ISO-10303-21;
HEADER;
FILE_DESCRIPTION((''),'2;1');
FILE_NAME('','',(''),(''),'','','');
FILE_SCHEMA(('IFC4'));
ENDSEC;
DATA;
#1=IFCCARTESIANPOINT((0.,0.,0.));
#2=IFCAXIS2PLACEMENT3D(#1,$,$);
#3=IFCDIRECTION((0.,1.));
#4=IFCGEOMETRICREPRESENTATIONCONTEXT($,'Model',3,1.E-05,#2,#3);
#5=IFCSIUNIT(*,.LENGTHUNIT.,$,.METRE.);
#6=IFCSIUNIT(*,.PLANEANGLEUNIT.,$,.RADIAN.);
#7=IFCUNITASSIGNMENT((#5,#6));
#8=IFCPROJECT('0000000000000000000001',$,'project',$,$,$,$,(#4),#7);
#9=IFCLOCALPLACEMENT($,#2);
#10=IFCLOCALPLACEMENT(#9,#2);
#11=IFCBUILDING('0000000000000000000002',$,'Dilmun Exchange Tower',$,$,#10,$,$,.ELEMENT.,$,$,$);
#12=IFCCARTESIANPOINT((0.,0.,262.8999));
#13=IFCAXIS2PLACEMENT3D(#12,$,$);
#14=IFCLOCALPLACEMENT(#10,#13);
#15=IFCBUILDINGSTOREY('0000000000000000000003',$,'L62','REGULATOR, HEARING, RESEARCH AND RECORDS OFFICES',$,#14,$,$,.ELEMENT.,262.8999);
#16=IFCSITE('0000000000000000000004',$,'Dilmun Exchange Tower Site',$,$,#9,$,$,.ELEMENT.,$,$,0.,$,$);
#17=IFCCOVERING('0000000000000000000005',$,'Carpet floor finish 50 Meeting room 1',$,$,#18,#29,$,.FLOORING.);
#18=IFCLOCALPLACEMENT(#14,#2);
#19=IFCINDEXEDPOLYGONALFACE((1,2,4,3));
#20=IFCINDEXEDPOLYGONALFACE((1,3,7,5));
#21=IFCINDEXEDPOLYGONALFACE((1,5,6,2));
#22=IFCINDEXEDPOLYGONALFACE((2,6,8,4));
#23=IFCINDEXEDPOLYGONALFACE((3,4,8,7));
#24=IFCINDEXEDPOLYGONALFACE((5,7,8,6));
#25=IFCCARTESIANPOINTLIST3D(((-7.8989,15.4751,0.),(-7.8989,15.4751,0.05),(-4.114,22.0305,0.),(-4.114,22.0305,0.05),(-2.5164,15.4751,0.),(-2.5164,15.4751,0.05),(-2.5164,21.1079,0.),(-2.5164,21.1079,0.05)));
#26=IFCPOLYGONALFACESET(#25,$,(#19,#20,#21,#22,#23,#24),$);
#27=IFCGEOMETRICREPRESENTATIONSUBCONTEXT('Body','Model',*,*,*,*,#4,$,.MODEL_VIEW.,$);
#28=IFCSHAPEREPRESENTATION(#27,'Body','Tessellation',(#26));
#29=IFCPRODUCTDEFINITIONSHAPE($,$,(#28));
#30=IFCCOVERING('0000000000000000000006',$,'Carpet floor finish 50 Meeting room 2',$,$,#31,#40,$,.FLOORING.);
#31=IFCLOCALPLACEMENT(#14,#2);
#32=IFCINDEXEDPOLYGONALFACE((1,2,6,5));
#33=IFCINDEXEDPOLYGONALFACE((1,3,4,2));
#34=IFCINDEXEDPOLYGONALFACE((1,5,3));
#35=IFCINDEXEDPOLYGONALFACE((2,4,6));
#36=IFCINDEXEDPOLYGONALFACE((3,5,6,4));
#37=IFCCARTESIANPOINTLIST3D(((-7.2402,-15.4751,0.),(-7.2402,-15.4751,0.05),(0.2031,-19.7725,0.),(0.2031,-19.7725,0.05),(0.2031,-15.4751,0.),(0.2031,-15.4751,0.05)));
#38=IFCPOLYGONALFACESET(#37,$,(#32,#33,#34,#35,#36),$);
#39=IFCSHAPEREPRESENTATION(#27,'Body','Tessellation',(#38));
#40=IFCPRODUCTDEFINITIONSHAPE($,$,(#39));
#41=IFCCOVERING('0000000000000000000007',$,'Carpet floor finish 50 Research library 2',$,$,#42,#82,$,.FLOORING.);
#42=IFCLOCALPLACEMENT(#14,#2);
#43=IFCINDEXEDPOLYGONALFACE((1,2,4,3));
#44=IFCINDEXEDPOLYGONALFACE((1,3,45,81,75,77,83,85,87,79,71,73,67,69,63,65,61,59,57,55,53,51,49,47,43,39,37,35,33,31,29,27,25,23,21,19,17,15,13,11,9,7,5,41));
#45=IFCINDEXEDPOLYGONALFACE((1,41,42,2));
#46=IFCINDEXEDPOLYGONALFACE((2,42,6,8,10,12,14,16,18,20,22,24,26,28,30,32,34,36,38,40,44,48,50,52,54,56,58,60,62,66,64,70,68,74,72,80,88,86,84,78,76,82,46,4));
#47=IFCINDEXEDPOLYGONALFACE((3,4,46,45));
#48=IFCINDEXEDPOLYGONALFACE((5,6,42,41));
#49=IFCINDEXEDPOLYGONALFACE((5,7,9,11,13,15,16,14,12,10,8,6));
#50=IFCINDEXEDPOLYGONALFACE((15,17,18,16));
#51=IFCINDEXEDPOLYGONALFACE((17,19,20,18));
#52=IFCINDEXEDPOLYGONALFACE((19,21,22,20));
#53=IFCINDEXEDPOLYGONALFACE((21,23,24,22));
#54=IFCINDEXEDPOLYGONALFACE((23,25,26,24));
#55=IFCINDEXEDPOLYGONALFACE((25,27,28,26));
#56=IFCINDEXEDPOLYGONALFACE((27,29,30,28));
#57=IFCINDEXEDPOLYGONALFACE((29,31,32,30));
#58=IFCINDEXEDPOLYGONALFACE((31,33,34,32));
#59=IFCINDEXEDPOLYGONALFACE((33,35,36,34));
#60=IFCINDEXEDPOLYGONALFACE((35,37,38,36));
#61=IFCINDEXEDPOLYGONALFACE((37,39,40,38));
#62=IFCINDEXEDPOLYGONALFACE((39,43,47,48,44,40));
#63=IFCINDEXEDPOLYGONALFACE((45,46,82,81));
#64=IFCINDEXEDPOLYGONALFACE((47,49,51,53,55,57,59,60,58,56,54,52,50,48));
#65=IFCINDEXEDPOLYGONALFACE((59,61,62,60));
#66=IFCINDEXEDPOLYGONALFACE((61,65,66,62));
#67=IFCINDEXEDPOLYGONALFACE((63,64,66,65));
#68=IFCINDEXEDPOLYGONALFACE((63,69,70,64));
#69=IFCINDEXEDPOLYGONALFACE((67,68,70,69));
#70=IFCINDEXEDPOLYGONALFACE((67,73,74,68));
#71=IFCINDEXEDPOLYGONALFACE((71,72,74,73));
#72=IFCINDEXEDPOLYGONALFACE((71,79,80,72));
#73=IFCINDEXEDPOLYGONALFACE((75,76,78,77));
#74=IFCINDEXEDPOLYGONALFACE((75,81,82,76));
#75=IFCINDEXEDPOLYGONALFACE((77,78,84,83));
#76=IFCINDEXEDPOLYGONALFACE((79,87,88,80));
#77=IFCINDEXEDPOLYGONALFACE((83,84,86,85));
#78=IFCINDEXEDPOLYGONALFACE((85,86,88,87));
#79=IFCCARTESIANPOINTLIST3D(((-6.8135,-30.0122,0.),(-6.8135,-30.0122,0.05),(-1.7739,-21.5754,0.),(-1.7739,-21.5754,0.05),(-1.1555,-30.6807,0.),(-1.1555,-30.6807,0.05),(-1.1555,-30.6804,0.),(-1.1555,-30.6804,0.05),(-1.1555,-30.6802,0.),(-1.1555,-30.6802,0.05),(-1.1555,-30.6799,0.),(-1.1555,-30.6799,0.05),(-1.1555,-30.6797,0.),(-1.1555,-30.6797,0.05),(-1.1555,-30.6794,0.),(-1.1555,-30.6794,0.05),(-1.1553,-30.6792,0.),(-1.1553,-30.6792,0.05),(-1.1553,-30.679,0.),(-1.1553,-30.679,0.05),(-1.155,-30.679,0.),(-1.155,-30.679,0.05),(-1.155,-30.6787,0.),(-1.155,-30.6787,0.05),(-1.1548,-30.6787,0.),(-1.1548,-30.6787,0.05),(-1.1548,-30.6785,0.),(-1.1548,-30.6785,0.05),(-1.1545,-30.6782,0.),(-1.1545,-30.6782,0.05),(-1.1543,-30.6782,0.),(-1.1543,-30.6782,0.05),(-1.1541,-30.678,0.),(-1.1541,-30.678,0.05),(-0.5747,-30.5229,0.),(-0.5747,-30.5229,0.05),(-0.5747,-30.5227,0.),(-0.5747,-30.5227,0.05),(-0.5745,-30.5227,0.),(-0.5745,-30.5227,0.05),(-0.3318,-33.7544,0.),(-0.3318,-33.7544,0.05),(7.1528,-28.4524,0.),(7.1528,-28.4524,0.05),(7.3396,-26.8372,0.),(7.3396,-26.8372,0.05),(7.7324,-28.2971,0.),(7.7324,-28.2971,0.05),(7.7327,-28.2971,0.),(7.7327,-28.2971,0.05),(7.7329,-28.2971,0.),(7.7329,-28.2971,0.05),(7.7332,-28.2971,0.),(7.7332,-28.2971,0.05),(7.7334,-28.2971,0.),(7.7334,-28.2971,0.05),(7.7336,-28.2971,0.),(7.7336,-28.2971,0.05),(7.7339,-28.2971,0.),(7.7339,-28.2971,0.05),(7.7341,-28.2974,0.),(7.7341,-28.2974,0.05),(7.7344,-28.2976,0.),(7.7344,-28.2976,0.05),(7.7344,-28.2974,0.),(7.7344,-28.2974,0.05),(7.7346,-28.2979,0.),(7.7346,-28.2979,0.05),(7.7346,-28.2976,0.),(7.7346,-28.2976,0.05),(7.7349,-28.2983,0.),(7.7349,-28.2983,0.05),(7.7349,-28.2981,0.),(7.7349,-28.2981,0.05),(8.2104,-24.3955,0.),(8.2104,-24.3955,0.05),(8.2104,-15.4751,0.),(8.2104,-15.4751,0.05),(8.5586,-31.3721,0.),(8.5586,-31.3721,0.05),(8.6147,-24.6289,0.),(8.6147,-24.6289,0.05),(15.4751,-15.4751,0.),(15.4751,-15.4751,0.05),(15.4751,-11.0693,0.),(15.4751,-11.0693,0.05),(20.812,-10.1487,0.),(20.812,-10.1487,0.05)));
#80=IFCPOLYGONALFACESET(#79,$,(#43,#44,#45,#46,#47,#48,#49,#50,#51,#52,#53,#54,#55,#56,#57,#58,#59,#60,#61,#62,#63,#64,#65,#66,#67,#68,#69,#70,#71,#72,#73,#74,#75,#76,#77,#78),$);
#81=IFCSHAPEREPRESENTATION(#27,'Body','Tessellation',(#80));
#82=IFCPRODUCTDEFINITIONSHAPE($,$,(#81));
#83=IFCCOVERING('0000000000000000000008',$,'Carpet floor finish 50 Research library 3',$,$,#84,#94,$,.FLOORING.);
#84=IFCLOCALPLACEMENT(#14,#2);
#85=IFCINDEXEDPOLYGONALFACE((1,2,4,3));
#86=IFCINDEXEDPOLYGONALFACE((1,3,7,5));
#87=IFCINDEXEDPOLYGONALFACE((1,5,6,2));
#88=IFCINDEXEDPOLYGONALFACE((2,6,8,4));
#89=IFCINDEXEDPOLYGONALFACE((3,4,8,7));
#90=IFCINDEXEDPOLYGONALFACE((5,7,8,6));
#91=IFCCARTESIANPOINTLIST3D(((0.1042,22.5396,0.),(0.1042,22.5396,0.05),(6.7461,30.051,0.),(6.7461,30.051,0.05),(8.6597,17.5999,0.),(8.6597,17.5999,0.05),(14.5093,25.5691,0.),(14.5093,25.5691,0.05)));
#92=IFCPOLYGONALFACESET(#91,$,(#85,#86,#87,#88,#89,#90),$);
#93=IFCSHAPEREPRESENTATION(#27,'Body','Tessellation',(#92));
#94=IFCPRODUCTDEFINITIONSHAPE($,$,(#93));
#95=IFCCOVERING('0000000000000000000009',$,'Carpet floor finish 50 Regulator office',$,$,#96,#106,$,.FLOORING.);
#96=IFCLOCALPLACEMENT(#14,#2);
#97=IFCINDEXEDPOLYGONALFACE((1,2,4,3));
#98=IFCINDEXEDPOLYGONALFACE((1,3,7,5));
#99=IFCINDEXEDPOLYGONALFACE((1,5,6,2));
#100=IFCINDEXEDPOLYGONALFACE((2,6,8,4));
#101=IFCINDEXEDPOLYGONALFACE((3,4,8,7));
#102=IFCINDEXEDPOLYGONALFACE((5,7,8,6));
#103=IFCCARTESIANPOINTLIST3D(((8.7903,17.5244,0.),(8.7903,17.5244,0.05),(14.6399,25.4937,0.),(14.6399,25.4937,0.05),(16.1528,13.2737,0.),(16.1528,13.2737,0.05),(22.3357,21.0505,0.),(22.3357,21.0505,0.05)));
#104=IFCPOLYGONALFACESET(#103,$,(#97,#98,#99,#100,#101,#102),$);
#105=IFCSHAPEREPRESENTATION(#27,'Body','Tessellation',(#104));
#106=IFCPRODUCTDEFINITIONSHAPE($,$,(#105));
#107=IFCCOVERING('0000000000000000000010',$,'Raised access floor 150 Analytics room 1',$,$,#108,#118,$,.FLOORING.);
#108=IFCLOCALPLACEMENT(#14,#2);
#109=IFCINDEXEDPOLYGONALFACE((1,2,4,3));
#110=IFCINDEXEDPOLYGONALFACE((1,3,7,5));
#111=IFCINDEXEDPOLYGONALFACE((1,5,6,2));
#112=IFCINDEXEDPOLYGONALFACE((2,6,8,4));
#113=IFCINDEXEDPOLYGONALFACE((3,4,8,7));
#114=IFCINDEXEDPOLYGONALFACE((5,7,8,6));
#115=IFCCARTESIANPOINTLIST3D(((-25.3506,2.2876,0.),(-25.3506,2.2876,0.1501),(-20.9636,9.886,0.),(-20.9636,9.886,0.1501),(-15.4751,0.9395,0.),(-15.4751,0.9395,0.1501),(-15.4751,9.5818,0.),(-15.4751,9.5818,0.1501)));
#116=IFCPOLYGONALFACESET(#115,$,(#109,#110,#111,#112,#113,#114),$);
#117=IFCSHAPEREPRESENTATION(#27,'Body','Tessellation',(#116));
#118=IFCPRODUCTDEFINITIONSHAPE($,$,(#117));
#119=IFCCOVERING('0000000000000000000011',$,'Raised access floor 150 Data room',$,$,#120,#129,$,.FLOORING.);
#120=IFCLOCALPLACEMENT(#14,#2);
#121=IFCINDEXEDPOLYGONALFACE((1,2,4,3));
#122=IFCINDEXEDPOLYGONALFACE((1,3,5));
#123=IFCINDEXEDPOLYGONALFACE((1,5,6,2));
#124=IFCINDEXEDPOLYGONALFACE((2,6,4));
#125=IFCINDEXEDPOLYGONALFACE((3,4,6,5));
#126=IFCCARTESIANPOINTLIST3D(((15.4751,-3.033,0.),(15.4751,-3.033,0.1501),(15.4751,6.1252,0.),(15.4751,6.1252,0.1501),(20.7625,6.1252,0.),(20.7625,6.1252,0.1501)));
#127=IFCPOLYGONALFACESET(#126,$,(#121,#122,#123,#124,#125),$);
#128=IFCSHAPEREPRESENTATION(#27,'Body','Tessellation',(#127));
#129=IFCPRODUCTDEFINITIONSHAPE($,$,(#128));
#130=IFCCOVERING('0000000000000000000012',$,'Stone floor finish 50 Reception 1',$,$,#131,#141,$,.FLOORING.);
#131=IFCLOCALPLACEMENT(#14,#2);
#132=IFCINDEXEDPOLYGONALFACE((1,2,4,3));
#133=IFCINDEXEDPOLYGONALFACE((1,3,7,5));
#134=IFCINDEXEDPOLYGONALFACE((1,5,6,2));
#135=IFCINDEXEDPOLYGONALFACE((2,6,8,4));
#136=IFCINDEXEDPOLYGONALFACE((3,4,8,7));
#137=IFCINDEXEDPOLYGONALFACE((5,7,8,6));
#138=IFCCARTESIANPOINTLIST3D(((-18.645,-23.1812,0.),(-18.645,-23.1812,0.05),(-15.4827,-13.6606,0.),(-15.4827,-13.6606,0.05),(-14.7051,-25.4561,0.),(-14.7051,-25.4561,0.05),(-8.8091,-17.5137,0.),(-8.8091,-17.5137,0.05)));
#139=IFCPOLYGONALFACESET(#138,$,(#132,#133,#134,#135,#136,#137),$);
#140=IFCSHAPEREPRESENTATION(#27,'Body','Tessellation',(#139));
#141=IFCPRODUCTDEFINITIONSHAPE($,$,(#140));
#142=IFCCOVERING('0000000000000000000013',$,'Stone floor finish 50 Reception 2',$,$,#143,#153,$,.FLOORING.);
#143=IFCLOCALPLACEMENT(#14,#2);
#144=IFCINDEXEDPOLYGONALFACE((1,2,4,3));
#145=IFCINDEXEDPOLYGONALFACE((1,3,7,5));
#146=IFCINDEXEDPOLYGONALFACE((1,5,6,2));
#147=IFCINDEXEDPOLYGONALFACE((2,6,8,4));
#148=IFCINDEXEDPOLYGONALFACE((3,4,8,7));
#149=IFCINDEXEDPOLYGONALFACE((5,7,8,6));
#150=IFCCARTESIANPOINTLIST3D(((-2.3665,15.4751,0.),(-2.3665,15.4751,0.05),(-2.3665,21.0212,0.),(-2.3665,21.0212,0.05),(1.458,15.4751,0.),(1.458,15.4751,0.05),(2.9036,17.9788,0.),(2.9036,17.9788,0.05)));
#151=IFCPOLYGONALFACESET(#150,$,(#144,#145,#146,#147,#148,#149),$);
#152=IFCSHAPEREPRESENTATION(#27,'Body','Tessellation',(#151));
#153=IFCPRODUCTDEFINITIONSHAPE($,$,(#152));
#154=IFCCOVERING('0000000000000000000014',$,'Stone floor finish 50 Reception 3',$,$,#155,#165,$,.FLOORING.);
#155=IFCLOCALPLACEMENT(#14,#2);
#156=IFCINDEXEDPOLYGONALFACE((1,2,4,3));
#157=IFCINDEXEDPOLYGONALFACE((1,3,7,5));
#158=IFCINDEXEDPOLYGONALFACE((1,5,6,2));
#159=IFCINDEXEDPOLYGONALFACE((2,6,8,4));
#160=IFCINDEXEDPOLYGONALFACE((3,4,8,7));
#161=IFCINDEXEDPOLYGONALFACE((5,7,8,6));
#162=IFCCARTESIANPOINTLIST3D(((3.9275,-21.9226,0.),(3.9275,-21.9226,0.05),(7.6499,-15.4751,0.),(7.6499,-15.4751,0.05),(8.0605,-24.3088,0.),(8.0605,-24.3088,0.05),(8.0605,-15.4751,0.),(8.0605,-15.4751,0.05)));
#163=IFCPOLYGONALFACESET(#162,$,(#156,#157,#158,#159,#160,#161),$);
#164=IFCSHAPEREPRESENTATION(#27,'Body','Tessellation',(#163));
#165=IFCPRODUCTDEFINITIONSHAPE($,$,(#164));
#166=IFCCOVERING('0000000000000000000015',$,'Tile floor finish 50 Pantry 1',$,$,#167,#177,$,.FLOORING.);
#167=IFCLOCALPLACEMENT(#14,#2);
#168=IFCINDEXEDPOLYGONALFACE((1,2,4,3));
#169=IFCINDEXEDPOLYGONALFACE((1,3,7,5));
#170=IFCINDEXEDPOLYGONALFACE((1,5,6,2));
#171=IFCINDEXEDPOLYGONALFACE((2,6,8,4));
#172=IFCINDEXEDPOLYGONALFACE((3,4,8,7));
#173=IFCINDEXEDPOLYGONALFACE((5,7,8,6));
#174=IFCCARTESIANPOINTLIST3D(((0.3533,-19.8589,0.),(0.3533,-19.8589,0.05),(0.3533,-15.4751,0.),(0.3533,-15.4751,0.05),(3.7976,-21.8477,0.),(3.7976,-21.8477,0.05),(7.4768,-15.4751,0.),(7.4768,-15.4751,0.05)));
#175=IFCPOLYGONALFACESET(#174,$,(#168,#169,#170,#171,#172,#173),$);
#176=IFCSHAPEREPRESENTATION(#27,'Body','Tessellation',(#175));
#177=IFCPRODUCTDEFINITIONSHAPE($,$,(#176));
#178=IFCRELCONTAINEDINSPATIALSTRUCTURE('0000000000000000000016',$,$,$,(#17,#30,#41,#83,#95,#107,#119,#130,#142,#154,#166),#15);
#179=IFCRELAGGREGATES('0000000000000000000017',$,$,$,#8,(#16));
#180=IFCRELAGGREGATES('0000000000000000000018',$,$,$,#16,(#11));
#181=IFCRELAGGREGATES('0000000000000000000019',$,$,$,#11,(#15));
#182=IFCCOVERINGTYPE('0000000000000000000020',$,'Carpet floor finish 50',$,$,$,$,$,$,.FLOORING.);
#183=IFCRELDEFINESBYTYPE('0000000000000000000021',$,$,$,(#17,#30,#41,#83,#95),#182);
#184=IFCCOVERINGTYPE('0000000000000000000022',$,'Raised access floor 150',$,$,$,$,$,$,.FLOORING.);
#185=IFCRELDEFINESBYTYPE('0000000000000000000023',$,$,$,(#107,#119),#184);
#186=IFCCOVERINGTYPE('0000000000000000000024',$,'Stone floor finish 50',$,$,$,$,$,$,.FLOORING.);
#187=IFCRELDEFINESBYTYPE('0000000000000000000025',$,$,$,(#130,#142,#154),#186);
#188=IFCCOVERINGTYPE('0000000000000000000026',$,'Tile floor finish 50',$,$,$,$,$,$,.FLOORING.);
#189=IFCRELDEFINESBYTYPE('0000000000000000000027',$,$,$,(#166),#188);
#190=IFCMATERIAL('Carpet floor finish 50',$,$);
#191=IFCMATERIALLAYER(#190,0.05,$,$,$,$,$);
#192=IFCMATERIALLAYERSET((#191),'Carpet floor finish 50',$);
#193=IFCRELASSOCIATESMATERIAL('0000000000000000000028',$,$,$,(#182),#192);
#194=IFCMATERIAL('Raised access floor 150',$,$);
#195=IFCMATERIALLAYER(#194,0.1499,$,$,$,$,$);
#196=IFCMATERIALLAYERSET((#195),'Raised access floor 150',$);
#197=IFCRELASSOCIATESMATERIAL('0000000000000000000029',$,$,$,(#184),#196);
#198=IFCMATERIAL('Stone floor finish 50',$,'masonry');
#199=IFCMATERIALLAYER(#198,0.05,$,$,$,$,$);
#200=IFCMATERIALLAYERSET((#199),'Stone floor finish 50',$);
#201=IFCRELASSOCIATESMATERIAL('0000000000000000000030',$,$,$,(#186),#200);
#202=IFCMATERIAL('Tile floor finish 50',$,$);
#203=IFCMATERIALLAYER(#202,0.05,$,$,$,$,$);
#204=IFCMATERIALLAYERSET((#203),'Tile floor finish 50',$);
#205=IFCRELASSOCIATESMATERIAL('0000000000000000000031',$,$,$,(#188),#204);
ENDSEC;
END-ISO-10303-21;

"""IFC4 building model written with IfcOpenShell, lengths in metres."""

from ifc_helpers import new_model, si_unit, direction, frame, origin, place, context, subcontext, project, spatial, polyline, outline, extrude, material, layer, layer_set, type_object, element, save


model = new_model("IFC4")

# Units and contexts
model_context = context("Model", 3, precision=1e-05, world=origin(), true_north=direction((0.0, 1.0)))
body_context = subcontext(model_context, "Body", "Model", "MODEL_VIEW")
ifc_project = project(units=[si_unit("LENGTHUNIT", "METRE"), si_unit("PLANEANGLEUNIT", "RADIAN")], contexts=[model_context])

# Site, building, storey
site_placement = place(None, origin())
site = spatial("IfcSite", under=ifc_project, at=site_placement, Name="Dilmun Exchange Tower Site", CompositionType="ELEMENT", RefElevation=0.0)
building_placement = place(site_placement, origin())
building = spatial("IfcBuilding", under=site, at=building_placement, Name="Dilmun Exchange Tower", CompositionType="ELEMENT")
storey_placement = place(building_placement, frame((0.0, 0.0, 262.8999)))
storey = spatial("IfcBuildingStorey", under=building, at=storey_placement, Name="L62", Description="REGULATOR, HEARING, RESEARCH AND RECORDS OFFICES", CompositionType="ELEMENT", Elevation=262.8999)

# Coverings
ifc_material_1 = material(Name="Carpet floor finish 50")
ifc_layer_1 = layer(ifc_material_1, 0.05)
ifc_layer_set_1 = layer_set([ifc_layer_1], Name="Carpet floor finish 50")
covering_type_1 = type_object("IfcCoveringType", Name="Carpet floor finish 50", PredefinedType="FLOORING", material=ifc_layer_set_1)
covering_1_placement = place(storey_placement, origin())
element("IfcCovering", 1, at=covering_1_placement, inside=storey, type_object=covering_type_1, Name="Carpet floor finish 50 Meeting room 1", PredefinedType="FLOORING", context=body_context, shape_type="SweptSolid", body=[
    extrude(outline(polyline([(-4.114, 22.0305), (-2.5164, 21.1079), (-2.5164, 15.4751), (-7.8989, 15.4751), (-4.114, 22.0305)])), origin(), (0.0, 0.0, 1.0), 0.05),
])
covering_2_placement = place(storey_placement, origin())
element("IfcCovering", 2, at=covering_2_placement, inside=storey, type_object=covering_type_1, Name="Carpet floor finish 50 Meeting room 2", PredefinedType="FLOORING", context=body_context, shape_type="SweptSolid", body=[
    extrude(outline(polyline([(0.2031, -15.4751), (0.2031, -19.7725), (-7.2402, -15.4751), (0.2031, -15.4751)])), origin(), (0.0, 0.0, 1.0), 0.05),
])
covering_3_placement = place(storey_placement, origin())
element("IfcCovering", 3, at=covering_3_placement, inside=storey, type_object=covering_type_1, Name="Carpet floor finish 50 Research library 2", PredefinedType="FLOORING", context=body_context, shape_type="SweptSolid", body=[
    extrude(outline(polyline([(-1.7739, -21.5754), (7.3396, -26.8372), (8.6147, -24.6289), (8.2104, -24.3955), (8.2104, -15.4751), (15.4751, -15.4751), (15.4751, -11.0693), (20.812, -10.1487), (8.5586, -31.3721), (7.7349, -28.2983), (7.7349, -28.2981), (7.7349, -28.2981), (7.7346, -28.2979), (7.7346, -28.2976), (7.7344, -28.2976), (7.7344, -28.2974), (7.7341, -28.2974), (7.7339, -28.2971), (7.7339, -28.2971), (7.7336, -28.2971), (7.7334, -28.2971), (7.7332, -28.2971), (7.7329, -28.2971), (7.7329, -28.2971), (7.7327, -28.2971), (7.7324, -28.2971), (7.1528, -28.4524), (-0.5745, -30.5227), (-0.5747, -30.5227), (-0.5747, -30.5229), (-0.5747, -30.5229), (-1.1541, -30.678), (-1.1543, -30.6782), (-1.1543, -30.6782), (-1.1545, -30.6782), (-1.1548, -30.6785), (-1.1548, -30.6787), (-1.155, -30.6787), (-1.155, -30.679), (-1.1553, -30.679), (-1.1553, -30.6792), (-1.1555, -30.6794), (-1.1555, -30.6797), (-1.1555, -30.6797), (-1.1555, -30.6799), (-1.1555, -30.6802), (-1.1555, -30.6804), (-1.1555, -30.6807), (-0.3318, -33.7544), (-6.8135, -30.0122), (-1.7739, -21.5754)])), origin(), (0.0, 0.0, 1.0), 0.05),
])
covering_4_placement = place(storey_placement, origin())
element("IfcCovering", 4, at=covering_4_placement, inside=storey, type_object=covering_type_1, Name="Carpet floor finish 50 Research library 3", PredefinedType="FLOORING", context=body_context, shape_type="SweptSolid", body=[
    extrude(outline(polyline([(0.1042, 22.5396), (6.7461, 30.051), (14.5093, 25.5691), (8.6597, 17.5999), (0.1042, 22.5396)])), origin(), (0.0, 0.0, 1.0), 0.05),
])
covering_5_placement = place(storey_placement, origin())
element("IfcCovering", 5, at=covering_5_placement, inside=storey, type_object=covering_type_1, Name="Carpet floor finish 50 Regulator office", PredefinedType="FLOORING", context=body_context, shape_type="SweptSolid", body=[
    extrude(outline(polyline([(16.1528, 13.2737), (8.7903, 17.5244), (14.6399, 25.4937), (22.3357, 21.0505), (16.1528, 13.2737)])), origin(), (0.0, 0.0, 1.0), 0.05),
])
ifc_material_2 = material(Name="Raised access floor 150")
ifc_layer_2 = layer(ifc_material_2, 0.1499)
ifc_layer_set_2 = layer_set([ifc_layer_2], Name="Raised access floor 150")
covering_type_2 = type_object("IfcCoveringType", Name="Raised access floor 150", PredefinedType="FLOORING", material=ifc_layer_set_2)
covering_6_placement = place(storey_placement, origin())
element("IfcCovering", 6, at=covering_6_placement, inside=storey, type_object=covering_type_2, Name="Raised access floor 150 Analytics room 1", PredefinedType="FLOORING", context=body_context, shape_type="SweptSolid", body=[
    extrude(outline(polyline([(-15.4751, 9.5818), (-15.4751, 0.9395), (-25.3506, 2.2876), (-20.9636, 9.886), (-15.4751, 9.5818)])), origin(), (0.0, 0.0, 1.0), 0.1501),
])
covering_7_placement = place(storey_placement, origin())
element("IfcCovering", 7, at=covering_7_placement, inside=storey, type_object=covering_type_2, Name="Raised access floor 150 Data room", PredefinedType="FLOORING", context=body_context, shape_type="SweptSolid", body=[
    extrude(outline(polyline([(20.7625, 6.1252), (15.4751, -3.033), (15.4751, 6.1252), (20.7625, 6.1252)])), origin(), (0.0, 0.0, 1.0), 0.1501),
])
ifc_material_3 = material(Name="Stone floor finish 50", Category="masonry")
ifc_layer_3 = layer(ifc_material_3, 0.05)
ifc_layer_set_3 = layer_set([ifc_layer_3], Name="Stone floor finish 50")
covering_type_3 = type_object("IfcCoveringType", Name="Stone floor finish 50", PredefinedType="FLOORING", material=ifc_layer_set_3)
covering_8_placement = place(storey_placement, origin())
element("IfcCovering", 8, at=covering_8_placement, inside=storey, type_object=covering_type_3, Name="Stone floor finish 50 Reception 1", PredefinedType="FLOORING", context=body_context, shape_type="SweptSolid", body=[
    extrude(outline(polyline([(-15.4827, -13.6606), (-8.8091, -17.5137), (-14.7051, -25.4561), (-18.645, -23.1812), (-15.4827, -13.6606)])), origin(), (0.0, 0.0, 1.0), 0.05),
])
covering_9_placement = place(storey_placement, origin())
element("IfcCovering", 9, at=covering_9_placement, inside=storey, type_object=covering_type_3, Name="Stone floor finish 50 Reception 2", PredefinedType="FLOORING", context=body_context, shape_type="SweptSolid", body=[
    extrude(outline(polyline([(-2.3665, 21.0212), (2.9036, 17.9788), (1.458, 15.4751), (-2.3665, 15.4751), (-2.3665, 21.0212)])), origin(), (0.0, 0.0, 1.0), 0.05),
])
covering_10_placement = place(storey_placement, origin())
element("IfcCovering", 10, at=covering_10_placement, inside=storey, type_object=covering_type_3, Name="Stone floor finish 50 Reception 3", PredefinedType="FLOORING", context=body_context, shape_type="SweptSolid", body=[
    extrude(outline(polyline([(8.0605, -15.4751), (8.0605, -24.3088), (3.9275, -21.9226), (7.6499, -15.4751), (8.0605, -15.4751)])), origin(), (0.0, 0.0, 1.0), 0.05),
])
ifc_material_4 = material(Name="Tile floor finish 50")
ifc_layer_4 = layer(ifc_material_4, 0.05)
ifc_layer_set_4 = layer_set([ifc_layer_4], Name="Tile floor finish 50")
covering_type_4 = type_object("IfcCoveringType", Name="Tile floor finish 50", PredefinedType="FLOORING", material=ifc_layer_set_4)
covering_11_placement = place(storey_placement, origin())
element("IfcCovering", 11, at=covering_11_placement, inside=storey, type_object=covering_type_4, Name="Tile floor finish 50 Pantry 1", PredefinedType="FLOORING", context=body_context, shape_type="SweptSolid", body=[
    extrude(outline(polyline([(0.3533, -15.4751), (7.4768, -15.4751), (3.7976, -21.8477), (0.3533, -19.8589), (0.3533, -15.4751)])), origin(), (0.0, 0.0, 1.0), 0.05),
])

save(model, "model.ifc")
